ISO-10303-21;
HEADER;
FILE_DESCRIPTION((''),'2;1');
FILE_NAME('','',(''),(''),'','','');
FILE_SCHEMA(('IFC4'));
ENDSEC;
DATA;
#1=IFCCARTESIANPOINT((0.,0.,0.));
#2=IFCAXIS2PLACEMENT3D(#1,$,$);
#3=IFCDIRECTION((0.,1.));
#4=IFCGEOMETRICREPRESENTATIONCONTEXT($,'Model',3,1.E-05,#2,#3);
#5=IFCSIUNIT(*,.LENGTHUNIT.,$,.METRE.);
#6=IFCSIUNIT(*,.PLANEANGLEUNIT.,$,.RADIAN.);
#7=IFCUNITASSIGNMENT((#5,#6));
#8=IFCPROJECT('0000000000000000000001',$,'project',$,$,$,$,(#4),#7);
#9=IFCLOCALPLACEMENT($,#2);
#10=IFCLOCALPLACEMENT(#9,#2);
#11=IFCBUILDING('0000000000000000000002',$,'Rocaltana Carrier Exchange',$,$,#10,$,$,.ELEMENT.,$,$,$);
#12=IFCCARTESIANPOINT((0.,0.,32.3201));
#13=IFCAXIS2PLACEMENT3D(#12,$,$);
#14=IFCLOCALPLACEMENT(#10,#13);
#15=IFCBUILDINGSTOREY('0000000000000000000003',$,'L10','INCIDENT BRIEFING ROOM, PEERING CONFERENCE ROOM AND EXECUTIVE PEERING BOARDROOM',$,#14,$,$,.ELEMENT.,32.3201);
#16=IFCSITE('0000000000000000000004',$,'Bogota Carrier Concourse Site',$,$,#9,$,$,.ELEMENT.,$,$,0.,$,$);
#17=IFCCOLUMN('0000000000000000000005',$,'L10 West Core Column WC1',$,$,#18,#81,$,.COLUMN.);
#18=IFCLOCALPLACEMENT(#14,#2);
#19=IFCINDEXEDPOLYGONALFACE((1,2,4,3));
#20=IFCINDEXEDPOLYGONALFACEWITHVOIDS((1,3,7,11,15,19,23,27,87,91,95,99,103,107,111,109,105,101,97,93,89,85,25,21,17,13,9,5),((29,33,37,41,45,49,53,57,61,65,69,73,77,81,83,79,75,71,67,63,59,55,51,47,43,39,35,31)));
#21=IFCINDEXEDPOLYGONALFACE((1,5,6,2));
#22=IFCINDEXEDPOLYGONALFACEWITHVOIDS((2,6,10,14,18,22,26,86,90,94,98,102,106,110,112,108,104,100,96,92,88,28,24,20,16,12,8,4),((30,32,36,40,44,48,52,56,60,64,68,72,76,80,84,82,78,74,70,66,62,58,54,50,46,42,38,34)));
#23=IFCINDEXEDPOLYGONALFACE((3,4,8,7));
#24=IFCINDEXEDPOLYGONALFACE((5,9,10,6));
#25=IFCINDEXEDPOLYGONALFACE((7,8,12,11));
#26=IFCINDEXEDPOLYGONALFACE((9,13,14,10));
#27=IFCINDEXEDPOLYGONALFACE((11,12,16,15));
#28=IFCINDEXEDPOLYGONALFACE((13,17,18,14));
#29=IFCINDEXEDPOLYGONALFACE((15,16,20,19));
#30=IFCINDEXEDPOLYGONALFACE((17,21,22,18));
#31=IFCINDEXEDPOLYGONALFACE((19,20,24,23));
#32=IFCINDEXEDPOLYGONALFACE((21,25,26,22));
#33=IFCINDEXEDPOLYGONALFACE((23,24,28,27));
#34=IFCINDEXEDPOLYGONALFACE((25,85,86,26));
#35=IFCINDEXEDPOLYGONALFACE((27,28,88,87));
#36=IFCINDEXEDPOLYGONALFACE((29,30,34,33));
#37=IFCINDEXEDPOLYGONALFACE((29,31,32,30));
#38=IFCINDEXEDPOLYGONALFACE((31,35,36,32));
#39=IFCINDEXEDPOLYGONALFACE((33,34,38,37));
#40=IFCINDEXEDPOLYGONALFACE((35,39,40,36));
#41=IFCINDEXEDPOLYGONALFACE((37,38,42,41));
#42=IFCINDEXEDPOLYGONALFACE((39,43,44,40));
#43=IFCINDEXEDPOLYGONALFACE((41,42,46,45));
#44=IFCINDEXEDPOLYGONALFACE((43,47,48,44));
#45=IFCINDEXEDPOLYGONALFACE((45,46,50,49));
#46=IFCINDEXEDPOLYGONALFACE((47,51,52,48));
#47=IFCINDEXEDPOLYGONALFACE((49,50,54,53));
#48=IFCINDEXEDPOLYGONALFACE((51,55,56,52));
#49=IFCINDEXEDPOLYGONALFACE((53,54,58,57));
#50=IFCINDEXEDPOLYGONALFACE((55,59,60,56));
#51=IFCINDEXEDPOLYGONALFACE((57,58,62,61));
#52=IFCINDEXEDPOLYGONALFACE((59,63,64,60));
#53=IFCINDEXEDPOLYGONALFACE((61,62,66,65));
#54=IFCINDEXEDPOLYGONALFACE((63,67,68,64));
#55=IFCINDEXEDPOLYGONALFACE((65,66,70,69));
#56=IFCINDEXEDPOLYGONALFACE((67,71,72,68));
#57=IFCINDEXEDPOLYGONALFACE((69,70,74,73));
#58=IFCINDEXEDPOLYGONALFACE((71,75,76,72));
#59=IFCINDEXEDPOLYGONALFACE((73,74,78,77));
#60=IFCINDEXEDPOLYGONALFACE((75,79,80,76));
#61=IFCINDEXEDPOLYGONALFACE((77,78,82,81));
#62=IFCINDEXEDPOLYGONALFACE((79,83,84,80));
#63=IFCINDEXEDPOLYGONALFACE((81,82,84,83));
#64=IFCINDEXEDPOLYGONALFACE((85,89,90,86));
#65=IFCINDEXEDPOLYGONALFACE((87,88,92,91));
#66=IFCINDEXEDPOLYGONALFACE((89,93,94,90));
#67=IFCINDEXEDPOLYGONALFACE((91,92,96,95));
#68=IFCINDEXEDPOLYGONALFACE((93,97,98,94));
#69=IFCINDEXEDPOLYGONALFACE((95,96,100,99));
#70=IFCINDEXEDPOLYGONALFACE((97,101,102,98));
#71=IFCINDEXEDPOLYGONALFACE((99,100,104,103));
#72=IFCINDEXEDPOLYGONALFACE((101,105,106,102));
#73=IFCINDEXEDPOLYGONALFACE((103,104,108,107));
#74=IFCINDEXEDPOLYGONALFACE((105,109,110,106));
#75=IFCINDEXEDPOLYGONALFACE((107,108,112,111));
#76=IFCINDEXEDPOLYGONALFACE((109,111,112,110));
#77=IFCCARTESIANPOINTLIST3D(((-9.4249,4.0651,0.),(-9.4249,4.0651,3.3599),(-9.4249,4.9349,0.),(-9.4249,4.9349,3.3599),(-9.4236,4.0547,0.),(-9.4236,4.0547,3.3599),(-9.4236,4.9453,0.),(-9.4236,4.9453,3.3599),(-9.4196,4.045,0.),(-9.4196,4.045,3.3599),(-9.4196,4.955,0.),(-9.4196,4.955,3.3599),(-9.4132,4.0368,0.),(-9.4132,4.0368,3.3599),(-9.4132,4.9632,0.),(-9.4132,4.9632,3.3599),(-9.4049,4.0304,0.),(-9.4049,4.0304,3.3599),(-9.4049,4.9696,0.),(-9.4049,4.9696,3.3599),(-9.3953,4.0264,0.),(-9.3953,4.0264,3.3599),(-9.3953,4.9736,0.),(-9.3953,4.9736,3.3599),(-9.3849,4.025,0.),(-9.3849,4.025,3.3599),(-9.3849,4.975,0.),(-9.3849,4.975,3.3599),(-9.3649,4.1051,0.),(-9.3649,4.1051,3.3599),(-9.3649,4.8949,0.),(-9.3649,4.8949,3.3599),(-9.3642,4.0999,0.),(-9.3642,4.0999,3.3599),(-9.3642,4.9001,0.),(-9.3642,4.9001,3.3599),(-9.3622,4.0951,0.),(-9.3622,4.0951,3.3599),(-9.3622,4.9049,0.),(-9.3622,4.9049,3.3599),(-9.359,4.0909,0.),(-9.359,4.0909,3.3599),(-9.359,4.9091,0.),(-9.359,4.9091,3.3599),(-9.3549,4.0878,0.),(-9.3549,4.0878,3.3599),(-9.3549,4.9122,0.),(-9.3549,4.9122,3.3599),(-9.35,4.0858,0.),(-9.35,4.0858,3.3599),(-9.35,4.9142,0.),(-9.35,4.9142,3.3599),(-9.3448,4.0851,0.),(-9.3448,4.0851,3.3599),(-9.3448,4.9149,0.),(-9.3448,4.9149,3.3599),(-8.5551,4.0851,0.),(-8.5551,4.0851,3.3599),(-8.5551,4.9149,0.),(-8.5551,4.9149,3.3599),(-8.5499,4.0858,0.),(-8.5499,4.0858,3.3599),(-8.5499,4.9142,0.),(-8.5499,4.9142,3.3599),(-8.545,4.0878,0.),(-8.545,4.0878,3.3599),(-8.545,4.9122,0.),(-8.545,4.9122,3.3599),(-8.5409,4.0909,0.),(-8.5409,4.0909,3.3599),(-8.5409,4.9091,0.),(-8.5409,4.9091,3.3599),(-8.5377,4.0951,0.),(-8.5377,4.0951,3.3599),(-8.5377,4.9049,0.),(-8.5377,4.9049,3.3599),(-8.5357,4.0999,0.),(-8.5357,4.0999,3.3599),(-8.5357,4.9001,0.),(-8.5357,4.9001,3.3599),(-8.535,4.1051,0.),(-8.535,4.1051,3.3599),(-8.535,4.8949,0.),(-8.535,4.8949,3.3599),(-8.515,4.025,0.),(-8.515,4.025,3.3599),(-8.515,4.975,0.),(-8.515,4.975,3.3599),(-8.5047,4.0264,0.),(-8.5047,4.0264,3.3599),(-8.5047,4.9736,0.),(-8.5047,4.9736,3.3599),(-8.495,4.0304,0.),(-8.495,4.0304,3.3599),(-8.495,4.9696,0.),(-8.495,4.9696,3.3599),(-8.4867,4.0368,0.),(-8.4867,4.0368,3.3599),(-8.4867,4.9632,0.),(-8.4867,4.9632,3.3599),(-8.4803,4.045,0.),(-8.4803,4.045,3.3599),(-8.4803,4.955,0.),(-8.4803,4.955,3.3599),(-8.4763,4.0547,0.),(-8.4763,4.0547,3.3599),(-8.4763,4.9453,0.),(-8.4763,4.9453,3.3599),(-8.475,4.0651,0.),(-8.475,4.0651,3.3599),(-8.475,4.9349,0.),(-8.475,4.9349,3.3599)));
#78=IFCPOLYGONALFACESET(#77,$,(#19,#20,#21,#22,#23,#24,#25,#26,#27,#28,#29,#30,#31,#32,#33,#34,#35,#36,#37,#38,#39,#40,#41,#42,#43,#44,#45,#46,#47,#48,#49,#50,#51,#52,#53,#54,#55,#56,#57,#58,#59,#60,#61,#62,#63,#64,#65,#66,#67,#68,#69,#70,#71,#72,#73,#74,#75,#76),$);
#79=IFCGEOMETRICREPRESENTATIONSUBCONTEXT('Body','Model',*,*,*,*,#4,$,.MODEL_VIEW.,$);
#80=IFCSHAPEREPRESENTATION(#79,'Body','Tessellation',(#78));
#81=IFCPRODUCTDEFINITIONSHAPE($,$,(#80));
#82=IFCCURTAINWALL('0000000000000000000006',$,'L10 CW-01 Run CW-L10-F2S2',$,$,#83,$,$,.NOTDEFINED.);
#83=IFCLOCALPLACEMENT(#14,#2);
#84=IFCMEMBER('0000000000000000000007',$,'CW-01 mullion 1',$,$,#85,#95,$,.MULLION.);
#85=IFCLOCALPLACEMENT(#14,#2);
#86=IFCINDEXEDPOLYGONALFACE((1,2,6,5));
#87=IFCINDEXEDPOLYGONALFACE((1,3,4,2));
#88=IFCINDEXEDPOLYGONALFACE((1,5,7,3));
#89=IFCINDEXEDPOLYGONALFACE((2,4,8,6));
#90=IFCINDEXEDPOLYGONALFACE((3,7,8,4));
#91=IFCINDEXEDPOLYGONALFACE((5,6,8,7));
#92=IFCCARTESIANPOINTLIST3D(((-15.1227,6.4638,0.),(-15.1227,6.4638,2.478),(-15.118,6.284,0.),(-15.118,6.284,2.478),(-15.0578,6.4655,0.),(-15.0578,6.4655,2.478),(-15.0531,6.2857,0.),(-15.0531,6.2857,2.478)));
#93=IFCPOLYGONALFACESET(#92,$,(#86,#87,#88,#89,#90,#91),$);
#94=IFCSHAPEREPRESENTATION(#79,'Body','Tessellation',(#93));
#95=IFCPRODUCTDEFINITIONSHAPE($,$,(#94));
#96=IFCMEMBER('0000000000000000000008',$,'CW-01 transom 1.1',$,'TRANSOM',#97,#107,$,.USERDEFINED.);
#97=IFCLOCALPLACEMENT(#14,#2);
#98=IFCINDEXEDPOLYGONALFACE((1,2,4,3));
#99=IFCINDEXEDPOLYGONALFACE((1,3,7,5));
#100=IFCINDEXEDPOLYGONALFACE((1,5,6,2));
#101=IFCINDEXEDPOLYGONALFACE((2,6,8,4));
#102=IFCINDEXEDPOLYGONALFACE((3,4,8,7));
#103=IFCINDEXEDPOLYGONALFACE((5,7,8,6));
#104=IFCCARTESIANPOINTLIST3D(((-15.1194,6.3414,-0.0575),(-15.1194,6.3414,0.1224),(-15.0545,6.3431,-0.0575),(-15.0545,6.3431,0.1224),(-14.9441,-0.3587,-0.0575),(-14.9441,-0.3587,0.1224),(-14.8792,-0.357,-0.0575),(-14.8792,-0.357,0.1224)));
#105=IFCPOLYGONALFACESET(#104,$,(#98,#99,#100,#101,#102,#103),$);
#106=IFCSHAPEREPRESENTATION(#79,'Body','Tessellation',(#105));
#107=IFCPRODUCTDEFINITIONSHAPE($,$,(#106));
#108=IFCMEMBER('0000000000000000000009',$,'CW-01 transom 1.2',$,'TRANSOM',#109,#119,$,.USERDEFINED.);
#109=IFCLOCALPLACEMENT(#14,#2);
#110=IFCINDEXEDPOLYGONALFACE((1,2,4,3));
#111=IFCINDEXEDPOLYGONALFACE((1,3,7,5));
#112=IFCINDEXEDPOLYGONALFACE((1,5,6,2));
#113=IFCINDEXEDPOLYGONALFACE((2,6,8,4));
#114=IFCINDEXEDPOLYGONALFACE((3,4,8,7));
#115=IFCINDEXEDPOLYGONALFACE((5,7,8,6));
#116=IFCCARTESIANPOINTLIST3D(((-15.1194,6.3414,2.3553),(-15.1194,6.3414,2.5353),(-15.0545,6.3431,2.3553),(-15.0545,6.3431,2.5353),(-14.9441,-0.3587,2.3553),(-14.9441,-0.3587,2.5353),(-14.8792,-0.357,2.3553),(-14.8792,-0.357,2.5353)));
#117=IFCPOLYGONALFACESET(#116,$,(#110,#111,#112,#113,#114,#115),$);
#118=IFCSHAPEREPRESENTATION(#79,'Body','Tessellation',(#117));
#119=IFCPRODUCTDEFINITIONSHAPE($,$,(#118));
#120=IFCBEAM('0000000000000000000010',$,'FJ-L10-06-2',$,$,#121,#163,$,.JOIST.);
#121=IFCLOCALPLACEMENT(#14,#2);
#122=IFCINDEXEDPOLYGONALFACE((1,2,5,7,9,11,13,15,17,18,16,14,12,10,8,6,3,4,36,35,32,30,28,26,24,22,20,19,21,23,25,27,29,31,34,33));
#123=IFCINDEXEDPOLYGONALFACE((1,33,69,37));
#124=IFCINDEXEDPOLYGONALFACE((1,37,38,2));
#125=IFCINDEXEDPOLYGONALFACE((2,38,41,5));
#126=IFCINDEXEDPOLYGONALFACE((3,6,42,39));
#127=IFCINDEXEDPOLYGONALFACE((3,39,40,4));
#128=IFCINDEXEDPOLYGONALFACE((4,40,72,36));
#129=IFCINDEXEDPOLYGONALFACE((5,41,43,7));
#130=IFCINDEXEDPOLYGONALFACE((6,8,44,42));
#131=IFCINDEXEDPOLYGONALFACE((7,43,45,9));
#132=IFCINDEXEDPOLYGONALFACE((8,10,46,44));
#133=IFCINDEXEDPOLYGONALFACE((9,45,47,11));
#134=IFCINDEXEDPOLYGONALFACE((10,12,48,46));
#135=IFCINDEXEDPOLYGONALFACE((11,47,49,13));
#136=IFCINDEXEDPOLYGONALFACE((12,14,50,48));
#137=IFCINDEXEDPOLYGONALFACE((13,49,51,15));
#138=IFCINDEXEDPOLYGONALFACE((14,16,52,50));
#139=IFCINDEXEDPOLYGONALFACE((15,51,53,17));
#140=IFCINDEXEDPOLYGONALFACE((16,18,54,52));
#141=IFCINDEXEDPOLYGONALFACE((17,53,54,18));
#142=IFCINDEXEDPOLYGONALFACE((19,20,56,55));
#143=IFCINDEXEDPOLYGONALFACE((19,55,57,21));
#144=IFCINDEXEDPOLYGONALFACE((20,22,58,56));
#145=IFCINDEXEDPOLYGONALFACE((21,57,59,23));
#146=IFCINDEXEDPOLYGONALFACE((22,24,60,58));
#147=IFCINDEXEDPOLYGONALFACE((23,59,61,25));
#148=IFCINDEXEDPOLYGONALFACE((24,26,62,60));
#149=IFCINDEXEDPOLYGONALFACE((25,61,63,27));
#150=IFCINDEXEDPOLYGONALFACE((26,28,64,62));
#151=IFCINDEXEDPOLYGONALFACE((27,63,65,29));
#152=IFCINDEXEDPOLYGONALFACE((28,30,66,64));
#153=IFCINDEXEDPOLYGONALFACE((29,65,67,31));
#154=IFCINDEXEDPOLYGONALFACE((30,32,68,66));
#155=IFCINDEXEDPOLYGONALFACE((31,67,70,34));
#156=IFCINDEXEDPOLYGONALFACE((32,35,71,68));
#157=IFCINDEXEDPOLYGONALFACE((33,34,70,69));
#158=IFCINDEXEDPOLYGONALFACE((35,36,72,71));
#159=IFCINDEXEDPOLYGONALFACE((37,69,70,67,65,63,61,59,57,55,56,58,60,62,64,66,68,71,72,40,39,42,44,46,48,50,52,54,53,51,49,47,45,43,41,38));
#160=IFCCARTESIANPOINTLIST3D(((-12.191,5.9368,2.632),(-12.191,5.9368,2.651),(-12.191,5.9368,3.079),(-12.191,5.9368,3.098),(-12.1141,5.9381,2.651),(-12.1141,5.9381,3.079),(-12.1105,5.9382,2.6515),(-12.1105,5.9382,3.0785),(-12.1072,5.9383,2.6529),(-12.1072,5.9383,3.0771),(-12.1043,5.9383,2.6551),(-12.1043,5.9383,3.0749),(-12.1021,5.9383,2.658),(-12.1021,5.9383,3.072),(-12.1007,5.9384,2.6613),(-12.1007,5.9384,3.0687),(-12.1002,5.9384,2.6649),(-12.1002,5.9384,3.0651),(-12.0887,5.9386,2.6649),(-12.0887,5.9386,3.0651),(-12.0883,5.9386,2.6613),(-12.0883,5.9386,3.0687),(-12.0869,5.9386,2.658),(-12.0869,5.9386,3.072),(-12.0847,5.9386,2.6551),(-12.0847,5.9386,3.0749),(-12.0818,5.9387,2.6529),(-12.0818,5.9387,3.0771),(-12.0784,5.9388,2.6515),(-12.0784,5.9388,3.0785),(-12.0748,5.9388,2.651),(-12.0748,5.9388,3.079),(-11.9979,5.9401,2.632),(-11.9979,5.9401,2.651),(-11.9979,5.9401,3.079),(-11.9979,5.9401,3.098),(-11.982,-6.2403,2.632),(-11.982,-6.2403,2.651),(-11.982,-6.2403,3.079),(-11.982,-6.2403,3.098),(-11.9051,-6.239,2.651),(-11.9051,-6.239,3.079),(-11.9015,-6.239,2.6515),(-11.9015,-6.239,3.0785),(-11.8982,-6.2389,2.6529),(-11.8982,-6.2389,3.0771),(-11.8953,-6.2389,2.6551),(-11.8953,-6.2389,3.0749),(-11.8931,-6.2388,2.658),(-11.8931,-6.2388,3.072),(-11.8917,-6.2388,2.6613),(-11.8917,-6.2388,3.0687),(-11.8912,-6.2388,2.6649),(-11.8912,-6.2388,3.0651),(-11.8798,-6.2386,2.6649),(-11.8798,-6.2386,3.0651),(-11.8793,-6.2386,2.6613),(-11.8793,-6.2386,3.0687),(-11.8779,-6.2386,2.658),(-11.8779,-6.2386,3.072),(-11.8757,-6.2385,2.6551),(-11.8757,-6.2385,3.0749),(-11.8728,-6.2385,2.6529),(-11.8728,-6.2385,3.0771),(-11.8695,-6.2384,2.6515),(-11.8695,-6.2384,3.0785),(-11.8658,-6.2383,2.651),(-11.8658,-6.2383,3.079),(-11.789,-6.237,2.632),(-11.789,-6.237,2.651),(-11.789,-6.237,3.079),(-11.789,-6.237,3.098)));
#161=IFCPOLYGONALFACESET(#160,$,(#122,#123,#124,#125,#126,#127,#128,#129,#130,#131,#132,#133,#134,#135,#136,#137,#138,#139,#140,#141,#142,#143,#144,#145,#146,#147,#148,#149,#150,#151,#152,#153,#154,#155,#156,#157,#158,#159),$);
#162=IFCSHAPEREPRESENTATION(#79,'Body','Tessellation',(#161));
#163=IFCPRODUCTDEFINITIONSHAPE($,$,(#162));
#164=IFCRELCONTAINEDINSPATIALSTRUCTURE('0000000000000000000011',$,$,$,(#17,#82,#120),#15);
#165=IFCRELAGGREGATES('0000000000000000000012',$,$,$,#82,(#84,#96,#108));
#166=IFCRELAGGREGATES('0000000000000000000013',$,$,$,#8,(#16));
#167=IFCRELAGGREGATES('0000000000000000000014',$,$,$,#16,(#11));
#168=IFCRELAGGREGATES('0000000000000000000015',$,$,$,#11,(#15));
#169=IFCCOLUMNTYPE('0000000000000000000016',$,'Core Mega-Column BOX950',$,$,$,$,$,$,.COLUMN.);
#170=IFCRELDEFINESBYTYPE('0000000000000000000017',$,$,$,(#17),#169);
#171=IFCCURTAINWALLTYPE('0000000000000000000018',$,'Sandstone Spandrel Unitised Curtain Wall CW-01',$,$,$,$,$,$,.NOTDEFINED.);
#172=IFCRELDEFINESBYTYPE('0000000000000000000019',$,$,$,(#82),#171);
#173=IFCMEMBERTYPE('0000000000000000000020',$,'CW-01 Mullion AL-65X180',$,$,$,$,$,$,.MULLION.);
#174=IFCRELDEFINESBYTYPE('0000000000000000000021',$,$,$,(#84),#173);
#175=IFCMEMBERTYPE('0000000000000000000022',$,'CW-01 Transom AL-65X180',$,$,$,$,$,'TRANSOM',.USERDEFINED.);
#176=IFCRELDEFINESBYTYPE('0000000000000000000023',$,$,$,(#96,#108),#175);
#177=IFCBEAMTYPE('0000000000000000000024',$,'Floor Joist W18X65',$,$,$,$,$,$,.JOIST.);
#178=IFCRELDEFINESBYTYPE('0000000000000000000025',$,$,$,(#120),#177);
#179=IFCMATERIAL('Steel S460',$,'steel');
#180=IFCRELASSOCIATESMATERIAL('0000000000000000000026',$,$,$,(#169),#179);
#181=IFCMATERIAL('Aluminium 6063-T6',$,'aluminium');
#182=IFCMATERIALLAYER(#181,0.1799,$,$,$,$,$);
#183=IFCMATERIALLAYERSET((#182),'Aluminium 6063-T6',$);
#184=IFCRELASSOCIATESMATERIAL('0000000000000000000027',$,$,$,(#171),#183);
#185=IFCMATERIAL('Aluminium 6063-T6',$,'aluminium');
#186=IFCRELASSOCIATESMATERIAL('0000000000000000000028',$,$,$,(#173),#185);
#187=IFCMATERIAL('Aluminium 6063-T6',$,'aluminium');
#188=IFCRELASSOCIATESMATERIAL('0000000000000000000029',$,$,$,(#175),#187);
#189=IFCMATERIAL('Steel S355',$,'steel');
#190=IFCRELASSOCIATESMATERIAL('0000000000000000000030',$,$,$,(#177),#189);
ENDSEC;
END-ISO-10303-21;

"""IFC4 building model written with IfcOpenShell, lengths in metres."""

from ifc_helpers import new_model, si_unit, direction, frame, origin, origin_2d, place, context, subcontext, project, spatial, rectangle, hollow_rectangle, i_section, extrude, material, layer, layer_set, material_profile, profile_set, type_object, element, aggregate, save


model = new_model("IFC4")

# Units and contexts
model_context = context("Model", 3, precision=1e-05, world=origin(), true_north=direction((0.0, 1.0)))
body_context = subcontext(model_context, "Body", "Model", "MODEL_VIEW")
ifc_project = project(units=[si_unit("LENGTHUNIT", "METRE"), si_unit("PLANEANGLEUNIT", "RADIAN")], contexts=[model_context])

# Site, building, storey
site_placement = place(None, origin())
site = spatial("IfcSite", under=ifc_project, at=site_placement, Name="Bogota Carrier Concourse Site", CompositionType="ELEMENT", RefElevation=0.0)
building_placement = place(site_placement, origin())
building = spatial("IfcBuilding", under=site, at=building_placement, Name="Rocaltana Carrier Exchange", CompositionType="ELEMENT")
storey_placement = place(building_placement, frame((0.0, 0.0, 32.3201)))
storey = spatial("IfcBuildingStorey", under=building, at=storey_placement, Name="L10", Description="INCIDENT BRIEFING ROOM, PEERING CONFERENCE ROOM AND EXECUTIVE PEERING BOARDROOM", CompositionType="ELEMENT", Elevation=32.3201)

# Column
ifc_material_1 = material(Name="Steel S460", Category="steel")
ifc_material_profile_1 = material_profile(ifc_material_1, hollow_rectangle(XDim=0.95, YDim=0.95, WallThickness=0.0601, InnerFilletRadius=0.02, OuterFilletRadius=0.04, at=origin_2d()), Name="BOX950X950X60")
ifc_profile_set_1 = profile_set([ifc_material_profile_1], Name="Steel S460")
column_type = type_object("IfcColumnType", Name="Core Mega-Column BOX950", PredefinedType="COLUMN", material=ifc_profile_set_1)
column_placement = place(storey_placement, frame((-8.95, 4.5, 0.0), z_axis=(0.0, 0.0, 1.0), x_axis=(1.0, 0.0, 0.0)))
element("IfcColumn", 1, at=column_placement, inside=storey, type_object=column_type, Name="L10 West Core Column WC1", PredefinedType="COLUMN", context=body_context, shape_type="SweptSolid", body=[
    extrude(hollow_rectangle(XDim=0.95, YDim=0.95, WallThickness=0.0601, InnerFilletRadius=0.02, OuterFilletRadius=0.04, at=origin_2d()), origin(), (0.0, 0.0, 1.0), 3.3599),
])

# Curtain wall, members
ifc_material_2 = material(Name="Aluminium 6063-T6", Category="aluminium")
ifc_layer_1 = layer(ifc_material_2, 0.1799)
ifc_layer_set_1 = layer_set([ifc_layer_1], Name="Aluminium 6063-T6")
curtain_wall_type = type_object("IfcCurtainWallType", Name="Sandstone Spandrel Unitised Curtain Wall CW-01", PredefinedType="NOTDEFINED", material=ifc_layer_set_1)
curtain_wall_placement = place(storey_placement, origin())
curtain_wall = element("IfcCurtainWall", 2, at=curtain_wall_placement, inside=storey, type_object=curtain_wall_type, Name="L10 CW-01 Run CW-L10-F2S2", PredefinedType="NOTDEFINED")
ifc_material_3 = material(Name="Aluminium 6063-T6", Category="aluminium")
ifc_material_profile_2 = material_profile(ifc_material_3, rectangle(XDim=0.0649, YDim=0.1799, at=origin_2d()), Name="AL-65X180")
ifc_profile_set_2 = profile_set([ifc_material_profile_2], Name="Aluminium 6063-T6")
member_type_1 = type_object("IfcMemberType", Name="CW-01 Mullion AL-65X180", PredefinedType="MULLION", material=ifc_profile_set_2)
member_1_placement = place(storey_placement, frame((-15.0879, 6.3748, 0.0), z_axis=(0.0, 0.0, 1.0), x_axis=(0.999657, 0.026177, 0.0)))
member_1 = element("IfcMember", 3, at=member_1_placement, type_object=member_type_1, Name="CW-01 mullion 1", PredefinedType="MULLION", context=body_context, shape_type="SweptSolid", body=[
    extrude(rectangle(XDim=0.0649, YDim=0.1799, at=origin_2d()), origin(), (0.0, 0.0, 1.0), 2.478),
])
ifc_material_4 = material(Name="Aluminium 6063-T6", Category="aluminium")
ifc_material_profile_3 = material_profile(ifc_material_4, rectangle(XDim=0.0649, YDim=0.1799, at=origin_2d()), Name="AL-65X180")
ifc_profile_set_3 = profile_set([ifc_material_profile_3], Name="Aluminium 6063-T6")
member_type_2 = type_object("IfcMemberType", Name="CW-01 Transom AL-65X180", ElementType="TRANSOM", PredefinedType="USERDEFINED", material=ifc_profile_set_3)
member_2_placement = place(storey_placement, frame((-15.0869, 6.3423, 0.0325), z_axis=(0.026153, -0.999658, 0.0), x_axis=(0.999658, 0.026153, 0.0)))
member_2 = element("IfcMember", 4, at=member_2_placement, type_object=member_type_2, Name="CW-01 transom 1.1", ObjectType="TRANSOM", PredefinedType="USERDEFINED", context=body_context, shape_type="SweptSolid", body=[
    extrude(rectangle(XDim=0.0649, YDim=0.1799, at=origin_2d()), origin(), (0.0, 0.0, 1.0), 6.7024),
])
member_3_placement = place(storey_placement, frame((-15.0869, 6.3423, 2.4453), z_axis=(0.026153, -0.999658, 0.0), x_axis=(0.999658, 0.026153, 0.0)))
member_3 = element("IfcMember", 5, at=member_3_placement, type_object=member_type_2, Name="CW-01 transom 1.2", ObjectType="TRANSOM", PredefinedType="USERDEFINED", context=body_context, shape_type="SweptSolid", body=[
    extrude(rectangle(XDim=0.0649, YDim=0.1799, at=origin_2d()), origin(), (0.0, 0.0, 1.0), 6.7024),
])

# Beam
ifc_material_5 = material(Name="Steel S355", Category="steel")
ifc_material_profile_4 = material_profile(ifc_material_5, i_section(OverallWidth=0.1931, OverallDepth=0.4661, WebThickness=0.0115, FlangeThickness=0.019, FilletRadius=0.0139, at=origin_2d()), Name="W18X65")
ifc_profile_set_4 = profile_set([ifc_material_profile_4], Name="Steel S355")
beam_type_1 = type_object("IfcBeamType", Name="Floor Joist W18X65", PredefinedType="JOIST", material=ifc_profile_set_4)
beam_1_placement = place(storey_placement, frame((-12.0945, 5.9385, 2.865), z_axis=(0.017159, -0.999853, 0.0), x_axis=(0.999853, 0.017159, 0.0)))
element("IfcBeam", 6, at=beam_1_placement, inside=storey, type_object=beam_type_1, Name="FJ-L10-06-2", PredefinedType="JOIST", context=body_context, shape_type="SweptSolid", body=[
    extrude(i_section(OverallWidth=0.1931, OverallDepth=0.4661, WebThickness=0.0115, FlangeThickness=0.019, FilletRadius=0.0139, at=origin_2d()), origin(), (0.0, 0.0, 1.0), 12.179),
])

aggregate(curtain_wall, [member_1, member_2, member_3])

save(model, "model.ifc")
